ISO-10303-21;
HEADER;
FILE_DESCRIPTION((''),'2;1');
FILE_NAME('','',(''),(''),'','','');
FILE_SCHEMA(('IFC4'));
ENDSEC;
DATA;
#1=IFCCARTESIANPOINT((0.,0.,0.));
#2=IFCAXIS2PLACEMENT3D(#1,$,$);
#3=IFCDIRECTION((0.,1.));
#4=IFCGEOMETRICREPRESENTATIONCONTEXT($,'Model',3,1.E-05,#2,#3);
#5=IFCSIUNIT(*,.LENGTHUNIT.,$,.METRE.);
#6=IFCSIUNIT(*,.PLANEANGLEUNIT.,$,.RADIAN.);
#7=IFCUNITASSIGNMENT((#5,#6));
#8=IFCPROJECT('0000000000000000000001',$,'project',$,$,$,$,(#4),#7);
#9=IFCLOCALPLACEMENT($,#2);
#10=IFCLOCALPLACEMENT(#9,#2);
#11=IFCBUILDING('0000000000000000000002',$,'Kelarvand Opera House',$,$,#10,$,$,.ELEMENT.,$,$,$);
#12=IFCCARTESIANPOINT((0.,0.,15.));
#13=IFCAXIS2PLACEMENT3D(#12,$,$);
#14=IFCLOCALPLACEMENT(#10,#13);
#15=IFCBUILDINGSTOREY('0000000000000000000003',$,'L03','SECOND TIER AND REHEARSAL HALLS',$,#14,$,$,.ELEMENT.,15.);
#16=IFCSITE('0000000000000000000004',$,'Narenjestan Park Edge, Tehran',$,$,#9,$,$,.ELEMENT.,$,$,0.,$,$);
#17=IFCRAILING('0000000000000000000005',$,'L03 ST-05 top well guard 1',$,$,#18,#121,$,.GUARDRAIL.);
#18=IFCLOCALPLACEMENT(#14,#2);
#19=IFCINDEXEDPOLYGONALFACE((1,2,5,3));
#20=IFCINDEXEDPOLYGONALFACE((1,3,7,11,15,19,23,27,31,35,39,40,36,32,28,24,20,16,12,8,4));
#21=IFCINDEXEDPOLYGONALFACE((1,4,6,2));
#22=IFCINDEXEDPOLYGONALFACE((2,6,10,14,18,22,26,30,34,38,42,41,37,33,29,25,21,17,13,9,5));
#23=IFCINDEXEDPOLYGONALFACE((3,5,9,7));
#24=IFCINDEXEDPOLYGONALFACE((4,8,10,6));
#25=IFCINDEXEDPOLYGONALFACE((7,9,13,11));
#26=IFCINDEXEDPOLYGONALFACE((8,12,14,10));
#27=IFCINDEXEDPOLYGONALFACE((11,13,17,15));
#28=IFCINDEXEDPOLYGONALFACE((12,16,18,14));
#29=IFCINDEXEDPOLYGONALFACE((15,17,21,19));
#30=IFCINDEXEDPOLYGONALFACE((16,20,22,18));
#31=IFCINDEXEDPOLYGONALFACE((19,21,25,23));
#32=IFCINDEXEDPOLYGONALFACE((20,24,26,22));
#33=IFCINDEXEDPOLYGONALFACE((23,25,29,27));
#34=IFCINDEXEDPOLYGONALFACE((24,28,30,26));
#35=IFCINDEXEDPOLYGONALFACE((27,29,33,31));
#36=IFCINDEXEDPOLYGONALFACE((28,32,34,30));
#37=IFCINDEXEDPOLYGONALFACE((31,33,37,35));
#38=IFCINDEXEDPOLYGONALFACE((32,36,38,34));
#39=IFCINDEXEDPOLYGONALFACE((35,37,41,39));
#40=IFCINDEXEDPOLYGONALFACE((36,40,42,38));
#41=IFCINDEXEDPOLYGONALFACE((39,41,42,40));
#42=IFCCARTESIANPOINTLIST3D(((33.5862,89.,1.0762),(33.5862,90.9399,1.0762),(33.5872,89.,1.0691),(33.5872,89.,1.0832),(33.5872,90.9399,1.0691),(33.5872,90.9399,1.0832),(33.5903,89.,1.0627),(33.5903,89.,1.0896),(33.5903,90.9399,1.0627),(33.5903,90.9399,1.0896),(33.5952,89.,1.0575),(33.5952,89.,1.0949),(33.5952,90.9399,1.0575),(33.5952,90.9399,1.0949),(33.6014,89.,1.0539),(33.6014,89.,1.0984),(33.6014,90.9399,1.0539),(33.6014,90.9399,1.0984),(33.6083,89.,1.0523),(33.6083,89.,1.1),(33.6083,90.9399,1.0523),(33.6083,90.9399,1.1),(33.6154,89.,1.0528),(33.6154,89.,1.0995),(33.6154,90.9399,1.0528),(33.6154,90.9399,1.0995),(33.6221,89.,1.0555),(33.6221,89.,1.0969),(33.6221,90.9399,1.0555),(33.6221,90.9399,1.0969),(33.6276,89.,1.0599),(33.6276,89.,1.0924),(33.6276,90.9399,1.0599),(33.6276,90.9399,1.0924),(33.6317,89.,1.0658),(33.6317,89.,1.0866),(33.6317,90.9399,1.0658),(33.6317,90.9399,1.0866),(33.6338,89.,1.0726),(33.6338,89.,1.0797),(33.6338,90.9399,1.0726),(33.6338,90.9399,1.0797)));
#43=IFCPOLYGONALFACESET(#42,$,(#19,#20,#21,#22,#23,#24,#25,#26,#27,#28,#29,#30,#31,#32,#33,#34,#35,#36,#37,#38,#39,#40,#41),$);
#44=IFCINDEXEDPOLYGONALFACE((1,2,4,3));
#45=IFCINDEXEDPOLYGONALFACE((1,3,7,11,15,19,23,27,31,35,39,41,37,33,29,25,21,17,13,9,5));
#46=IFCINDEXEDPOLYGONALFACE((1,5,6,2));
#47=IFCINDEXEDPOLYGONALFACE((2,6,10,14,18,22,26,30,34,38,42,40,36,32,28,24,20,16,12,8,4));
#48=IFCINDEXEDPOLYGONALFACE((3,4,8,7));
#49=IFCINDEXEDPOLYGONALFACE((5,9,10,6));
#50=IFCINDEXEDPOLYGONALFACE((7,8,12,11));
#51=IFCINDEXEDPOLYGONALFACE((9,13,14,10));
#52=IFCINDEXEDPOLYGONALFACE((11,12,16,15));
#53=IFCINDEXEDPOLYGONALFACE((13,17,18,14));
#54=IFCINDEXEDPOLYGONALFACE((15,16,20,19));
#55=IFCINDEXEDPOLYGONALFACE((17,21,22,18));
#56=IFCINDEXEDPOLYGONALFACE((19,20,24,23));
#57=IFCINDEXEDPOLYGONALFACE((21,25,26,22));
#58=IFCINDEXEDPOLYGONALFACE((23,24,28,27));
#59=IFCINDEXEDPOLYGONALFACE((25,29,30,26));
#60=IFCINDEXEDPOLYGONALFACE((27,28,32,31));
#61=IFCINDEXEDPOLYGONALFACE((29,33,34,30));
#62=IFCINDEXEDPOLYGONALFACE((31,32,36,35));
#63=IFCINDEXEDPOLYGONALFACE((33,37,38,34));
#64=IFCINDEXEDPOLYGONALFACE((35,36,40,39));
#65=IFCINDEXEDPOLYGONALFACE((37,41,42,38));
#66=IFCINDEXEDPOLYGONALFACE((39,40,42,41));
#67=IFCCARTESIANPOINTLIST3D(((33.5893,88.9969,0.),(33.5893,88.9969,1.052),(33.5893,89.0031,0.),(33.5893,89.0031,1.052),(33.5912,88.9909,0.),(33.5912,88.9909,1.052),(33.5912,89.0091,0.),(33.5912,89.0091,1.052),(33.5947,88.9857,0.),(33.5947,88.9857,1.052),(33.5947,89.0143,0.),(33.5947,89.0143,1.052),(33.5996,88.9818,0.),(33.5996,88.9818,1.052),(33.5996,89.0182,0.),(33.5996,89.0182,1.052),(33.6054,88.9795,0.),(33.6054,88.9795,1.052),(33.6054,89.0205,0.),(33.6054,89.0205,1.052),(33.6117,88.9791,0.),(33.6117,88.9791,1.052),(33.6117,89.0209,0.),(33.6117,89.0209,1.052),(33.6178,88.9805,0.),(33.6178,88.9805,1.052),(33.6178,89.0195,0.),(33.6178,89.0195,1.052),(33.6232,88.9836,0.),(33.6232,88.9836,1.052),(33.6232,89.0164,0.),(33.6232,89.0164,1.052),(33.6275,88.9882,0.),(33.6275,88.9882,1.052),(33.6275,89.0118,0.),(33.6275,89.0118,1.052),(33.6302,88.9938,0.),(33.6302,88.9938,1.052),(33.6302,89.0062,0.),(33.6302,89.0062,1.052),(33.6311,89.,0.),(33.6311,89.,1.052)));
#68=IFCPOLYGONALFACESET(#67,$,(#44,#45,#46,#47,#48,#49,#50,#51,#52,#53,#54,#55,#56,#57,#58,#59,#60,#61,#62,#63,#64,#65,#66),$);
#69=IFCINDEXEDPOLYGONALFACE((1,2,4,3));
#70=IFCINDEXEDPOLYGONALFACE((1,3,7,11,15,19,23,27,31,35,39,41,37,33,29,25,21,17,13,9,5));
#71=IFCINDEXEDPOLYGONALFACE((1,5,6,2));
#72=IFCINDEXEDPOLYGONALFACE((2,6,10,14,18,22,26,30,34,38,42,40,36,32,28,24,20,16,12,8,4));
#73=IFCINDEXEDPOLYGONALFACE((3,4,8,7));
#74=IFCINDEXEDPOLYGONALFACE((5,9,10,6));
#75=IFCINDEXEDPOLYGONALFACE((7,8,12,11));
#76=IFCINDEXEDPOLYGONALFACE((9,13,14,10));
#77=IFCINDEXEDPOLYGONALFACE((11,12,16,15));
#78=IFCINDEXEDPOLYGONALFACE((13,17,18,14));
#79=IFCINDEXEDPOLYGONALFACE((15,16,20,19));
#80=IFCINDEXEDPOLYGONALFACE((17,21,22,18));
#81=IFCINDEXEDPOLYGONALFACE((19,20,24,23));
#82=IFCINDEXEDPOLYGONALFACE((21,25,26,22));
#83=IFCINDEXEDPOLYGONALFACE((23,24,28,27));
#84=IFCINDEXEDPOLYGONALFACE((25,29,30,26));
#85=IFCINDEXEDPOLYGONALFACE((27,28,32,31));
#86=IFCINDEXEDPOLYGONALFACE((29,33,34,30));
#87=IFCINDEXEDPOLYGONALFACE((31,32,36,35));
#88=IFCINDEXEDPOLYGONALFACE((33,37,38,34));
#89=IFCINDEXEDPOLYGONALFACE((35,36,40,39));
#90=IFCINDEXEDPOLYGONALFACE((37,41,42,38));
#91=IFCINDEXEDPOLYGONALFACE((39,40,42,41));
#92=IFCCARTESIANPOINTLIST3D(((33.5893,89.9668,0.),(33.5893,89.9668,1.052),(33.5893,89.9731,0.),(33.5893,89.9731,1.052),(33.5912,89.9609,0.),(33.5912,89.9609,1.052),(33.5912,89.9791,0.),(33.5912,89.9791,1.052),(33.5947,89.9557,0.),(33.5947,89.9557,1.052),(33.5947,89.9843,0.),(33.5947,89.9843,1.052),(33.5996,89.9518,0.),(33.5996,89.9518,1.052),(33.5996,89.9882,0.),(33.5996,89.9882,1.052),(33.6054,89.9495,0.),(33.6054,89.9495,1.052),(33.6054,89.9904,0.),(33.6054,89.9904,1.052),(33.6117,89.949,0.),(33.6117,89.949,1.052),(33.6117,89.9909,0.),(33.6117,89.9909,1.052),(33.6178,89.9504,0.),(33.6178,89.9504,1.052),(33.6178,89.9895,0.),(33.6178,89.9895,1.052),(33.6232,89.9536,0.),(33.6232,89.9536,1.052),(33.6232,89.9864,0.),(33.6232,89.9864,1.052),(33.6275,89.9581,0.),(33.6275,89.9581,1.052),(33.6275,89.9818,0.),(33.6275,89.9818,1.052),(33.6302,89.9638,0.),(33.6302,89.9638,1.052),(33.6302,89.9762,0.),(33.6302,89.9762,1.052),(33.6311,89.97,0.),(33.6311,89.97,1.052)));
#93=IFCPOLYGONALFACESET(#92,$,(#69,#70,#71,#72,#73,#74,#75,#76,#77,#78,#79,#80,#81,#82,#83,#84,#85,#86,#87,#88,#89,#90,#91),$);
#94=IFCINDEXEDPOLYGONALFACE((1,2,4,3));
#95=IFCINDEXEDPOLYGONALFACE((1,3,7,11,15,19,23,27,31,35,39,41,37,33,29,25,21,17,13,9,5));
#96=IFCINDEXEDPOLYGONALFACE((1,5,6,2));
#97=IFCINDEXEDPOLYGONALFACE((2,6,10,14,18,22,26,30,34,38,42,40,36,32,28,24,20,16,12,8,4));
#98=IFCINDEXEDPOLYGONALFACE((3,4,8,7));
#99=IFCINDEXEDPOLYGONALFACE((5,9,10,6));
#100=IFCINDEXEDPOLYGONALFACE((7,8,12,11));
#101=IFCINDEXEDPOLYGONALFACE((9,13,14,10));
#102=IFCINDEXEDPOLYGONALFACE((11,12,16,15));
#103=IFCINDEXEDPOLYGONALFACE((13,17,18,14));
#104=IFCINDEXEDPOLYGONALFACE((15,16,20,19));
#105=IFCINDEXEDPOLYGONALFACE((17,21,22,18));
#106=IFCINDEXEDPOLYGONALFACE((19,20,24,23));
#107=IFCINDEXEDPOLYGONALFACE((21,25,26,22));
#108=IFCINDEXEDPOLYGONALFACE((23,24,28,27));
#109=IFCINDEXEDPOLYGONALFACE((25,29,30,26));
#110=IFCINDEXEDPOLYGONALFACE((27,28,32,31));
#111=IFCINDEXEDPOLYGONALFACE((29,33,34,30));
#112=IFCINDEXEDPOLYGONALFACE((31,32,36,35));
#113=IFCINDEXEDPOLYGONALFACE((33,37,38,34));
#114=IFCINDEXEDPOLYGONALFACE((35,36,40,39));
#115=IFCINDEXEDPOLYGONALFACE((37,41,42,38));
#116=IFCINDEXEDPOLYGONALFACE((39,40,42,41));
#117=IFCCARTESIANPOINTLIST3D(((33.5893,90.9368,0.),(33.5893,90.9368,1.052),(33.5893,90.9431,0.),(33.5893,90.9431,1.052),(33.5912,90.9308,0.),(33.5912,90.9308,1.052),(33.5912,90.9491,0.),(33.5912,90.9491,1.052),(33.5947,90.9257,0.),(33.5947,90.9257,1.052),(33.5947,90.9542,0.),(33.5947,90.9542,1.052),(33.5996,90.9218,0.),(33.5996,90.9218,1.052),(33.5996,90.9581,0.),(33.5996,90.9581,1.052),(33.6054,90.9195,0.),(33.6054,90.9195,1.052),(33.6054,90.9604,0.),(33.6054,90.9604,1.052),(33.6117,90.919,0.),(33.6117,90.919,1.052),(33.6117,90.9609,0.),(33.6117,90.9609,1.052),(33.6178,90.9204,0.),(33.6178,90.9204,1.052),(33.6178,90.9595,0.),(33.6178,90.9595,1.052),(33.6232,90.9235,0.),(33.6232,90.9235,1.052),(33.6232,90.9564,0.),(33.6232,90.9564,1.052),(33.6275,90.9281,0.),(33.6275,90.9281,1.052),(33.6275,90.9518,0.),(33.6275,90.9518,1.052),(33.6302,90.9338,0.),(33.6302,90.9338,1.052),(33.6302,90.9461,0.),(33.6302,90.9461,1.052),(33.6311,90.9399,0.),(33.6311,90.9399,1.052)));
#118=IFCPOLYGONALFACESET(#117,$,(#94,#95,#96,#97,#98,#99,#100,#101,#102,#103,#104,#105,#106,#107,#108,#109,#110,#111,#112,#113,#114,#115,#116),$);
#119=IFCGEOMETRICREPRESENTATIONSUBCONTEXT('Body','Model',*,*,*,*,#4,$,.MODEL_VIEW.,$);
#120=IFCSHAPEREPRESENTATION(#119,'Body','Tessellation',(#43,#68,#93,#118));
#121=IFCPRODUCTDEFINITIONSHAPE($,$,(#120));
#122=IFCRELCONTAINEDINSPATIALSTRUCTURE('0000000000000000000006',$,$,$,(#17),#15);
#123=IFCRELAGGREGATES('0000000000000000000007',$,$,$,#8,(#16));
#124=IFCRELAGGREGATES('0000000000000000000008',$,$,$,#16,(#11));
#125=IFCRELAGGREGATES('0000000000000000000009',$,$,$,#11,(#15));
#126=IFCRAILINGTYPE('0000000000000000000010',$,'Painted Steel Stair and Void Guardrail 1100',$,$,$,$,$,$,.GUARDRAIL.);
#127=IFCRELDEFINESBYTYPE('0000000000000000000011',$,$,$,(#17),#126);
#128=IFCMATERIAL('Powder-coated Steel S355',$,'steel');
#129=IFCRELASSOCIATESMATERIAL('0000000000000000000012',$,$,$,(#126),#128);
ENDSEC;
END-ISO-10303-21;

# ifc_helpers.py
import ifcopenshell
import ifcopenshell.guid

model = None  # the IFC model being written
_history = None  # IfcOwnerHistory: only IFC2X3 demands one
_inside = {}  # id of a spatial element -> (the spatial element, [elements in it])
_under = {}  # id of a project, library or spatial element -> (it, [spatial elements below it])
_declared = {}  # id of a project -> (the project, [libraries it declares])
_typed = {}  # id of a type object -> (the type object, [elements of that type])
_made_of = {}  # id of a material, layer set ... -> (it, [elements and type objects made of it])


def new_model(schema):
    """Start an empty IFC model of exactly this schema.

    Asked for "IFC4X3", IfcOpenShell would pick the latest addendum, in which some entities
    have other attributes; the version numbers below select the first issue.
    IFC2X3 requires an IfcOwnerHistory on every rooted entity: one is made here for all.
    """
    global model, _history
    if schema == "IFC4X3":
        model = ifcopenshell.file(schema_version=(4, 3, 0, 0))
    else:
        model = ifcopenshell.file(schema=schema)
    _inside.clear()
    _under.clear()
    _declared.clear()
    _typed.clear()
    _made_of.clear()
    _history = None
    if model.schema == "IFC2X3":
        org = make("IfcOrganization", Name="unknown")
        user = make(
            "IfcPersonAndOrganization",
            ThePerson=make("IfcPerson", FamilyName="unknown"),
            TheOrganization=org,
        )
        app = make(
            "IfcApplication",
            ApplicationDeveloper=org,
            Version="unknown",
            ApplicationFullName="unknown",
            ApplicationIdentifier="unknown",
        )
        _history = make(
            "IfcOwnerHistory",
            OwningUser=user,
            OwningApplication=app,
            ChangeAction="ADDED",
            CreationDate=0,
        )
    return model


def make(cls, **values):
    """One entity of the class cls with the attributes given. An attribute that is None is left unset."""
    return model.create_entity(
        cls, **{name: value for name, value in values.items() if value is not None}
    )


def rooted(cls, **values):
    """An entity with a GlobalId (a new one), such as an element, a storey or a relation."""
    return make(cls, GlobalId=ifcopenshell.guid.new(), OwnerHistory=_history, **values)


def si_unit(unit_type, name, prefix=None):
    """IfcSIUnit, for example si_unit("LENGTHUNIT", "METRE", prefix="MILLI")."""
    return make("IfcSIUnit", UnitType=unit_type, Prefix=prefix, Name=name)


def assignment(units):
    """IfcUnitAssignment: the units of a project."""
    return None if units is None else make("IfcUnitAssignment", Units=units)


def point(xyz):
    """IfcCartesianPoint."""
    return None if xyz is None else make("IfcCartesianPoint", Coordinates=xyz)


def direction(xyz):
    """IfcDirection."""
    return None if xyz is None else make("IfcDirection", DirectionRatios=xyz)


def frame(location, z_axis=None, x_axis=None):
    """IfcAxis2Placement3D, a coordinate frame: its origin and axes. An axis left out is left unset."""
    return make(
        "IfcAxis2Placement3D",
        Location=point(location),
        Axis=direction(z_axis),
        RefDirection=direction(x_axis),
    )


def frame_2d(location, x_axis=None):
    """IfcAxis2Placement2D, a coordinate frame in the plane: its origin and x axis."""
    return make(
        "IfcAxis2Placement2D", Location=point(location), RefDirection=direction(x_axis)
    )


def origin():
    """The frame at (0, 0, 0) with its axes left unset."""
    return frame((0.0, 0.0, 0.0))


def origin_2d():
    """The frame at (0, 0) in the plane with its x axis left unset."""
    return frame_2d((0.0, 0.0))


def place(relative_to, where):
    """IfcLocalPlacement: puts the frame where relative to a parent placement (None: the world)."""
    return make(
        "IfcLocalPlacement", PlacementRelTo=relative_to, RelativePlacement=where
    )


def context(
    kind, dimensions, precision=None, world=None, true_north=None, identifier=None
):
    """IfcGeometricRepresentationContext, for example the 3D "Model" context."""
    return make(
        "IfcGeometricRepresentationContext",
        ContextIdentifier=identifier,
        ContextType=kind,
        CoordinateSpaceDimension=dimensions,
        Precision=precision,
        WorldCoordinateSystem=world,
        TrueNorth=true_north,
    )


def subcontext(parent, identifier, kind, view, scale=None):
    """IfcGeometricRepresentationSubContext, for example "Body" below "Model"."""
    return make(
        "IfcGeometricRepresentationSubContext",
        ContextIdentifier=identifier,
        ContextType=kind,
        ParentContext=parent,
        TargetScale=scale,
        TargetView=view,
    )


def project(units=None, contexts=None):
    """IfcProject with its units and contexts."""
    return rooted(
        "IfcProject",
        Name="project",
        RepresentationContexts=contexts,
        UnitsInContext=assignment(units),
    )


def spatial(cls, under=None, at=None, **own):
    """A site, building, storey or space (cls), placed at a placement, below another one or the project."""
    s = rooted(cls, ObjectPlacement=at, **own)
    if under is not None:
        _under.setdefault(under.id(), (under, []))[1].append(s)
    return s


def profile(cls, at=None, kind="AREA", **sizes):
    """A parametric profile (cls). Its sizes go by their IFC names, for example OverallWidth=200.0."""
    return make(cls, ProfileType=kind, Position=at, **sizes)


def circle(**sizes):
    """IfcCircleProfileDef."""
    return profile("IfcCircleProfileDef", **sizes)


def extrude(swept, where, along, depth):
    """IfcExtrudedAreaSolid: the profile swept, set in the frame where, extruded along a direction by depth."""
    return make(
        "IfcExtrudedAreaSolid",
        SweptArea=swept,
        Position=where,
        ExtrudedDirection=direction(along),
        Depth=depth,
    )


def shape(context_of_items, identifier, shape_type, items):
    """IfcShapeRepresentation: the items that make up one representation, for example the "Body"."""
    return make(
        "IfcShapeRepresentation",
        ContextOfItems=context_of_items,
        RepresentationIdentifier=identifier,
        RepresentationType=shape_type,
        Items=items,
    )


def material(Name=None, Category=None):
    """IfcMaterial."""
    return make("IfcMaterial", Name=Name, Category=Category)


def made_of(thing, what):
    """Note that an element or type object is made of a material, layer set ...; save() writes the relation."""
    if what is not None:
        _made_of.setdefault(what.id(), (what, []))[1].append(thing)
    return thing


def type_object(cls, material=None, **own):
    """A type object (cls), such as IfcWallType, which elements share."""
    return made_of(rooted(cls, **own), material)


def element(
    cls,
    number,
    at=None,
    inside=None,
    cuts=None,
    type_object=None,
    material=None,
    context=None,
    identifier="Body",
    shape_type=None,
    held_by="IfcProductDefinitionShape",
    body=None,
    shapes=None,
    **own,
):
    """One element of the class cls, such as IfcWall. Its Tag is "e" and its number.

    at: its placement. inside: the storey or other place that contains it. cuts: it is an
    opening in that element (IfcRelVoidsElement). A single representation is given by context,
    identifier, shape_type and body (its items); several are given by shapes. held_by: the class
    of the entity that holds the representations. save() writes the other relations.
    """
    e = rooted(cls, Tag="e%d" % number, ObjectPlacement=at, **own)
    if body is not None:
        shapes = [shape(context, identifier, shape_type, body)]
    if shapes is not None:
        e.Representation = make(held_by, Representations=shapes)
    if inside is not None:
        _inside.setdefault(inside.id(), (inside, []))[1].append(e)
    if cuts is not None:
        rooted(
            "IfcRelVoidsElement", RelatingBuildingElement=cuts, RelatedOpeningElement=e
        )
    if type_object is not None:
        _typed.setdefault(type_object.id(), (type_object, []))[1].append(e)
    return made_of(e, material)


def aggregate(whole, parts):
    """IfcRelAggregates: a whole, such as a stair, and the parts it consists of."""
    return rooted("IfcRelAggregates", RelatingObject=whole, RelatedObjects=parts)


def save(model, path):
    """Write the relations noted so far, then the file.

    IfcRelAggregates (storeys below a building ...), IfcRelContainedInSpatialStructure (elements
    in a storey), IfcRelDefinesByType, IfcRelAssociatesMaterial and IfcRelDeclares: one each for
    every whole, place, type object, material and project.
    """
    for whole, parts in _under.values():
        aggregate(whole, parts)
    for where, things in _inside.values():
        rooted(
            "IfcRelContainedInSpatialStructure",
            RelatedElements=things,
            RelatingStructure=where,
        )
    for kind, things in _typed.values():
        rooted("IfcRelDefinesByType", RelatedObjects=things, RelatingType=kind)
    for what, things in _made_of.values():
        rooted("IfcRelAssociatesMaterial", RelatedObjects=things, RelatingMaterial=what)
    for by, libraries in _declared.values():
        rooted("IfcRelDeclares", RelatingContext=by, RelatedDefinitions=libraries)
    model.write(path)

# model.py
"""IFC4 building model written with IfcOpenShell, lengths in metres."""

from ifc_helpers import new_model, si_unit, direction, frame, origin, origin_2d, place, context, subcontext, project, spatial, circle, extrude, material, type_object, element, save


model = new_model("IFC4")

# Units and contexts
model_context = context("Model", 3, precision=1e-05, world=origin(), true_north=direction((0.0, 1.0)))
body_context = subcontext(model_context, "Body", "Model", "MODEL_VIEW")
ifc_project = project(units=[si_unit("LENGTHUNIT", "METRE"), si_unit("PLANEANGLEUNIT", "RADIAN")], contexts=[model_context])

# Site, building, storey
site_placement = place(None, origin())
site = spatial("IfcSite", under=ifc_project, at=site_placement, Name="Narenjestan Park Edge, Tehran", CompositionType="ELEMENT", RefElevation=0.0)
building_placement = place(site_placement, origin())
building = spatial("IfcBuilding", under=site, at=building_placement, Name="Kelarvand Opera House", CompositionType="ELEMENT")
storey_placement = place(building_placement, frame((0.0, 0.0, 15.0)))
storey = spatial("IfcBuildingStorey", under=building, at=storey_placement, Name="L03", Description="SECOND TIER AND REHEARSAL HALLS", CompositionType="ELEMENT", Elevation=15.0)

# Railing
ifc_material_1 = material(Name="Powder-coated Steel S355", Category="steel")
railing_type = type_object("IfcRailingType", Name="Painted Steel Stair and Void Guardrail 1100", PredefinedType="GUARDRAIL", material=ifc_material_1)
railing_placement = place(storey_placement, frame((33.6101, 89.0, 0.0)))
element("IfcRailing", 1, at=railing_placement, inside=storey, type_object=railing_type, Name="L03 ST-05 top well guard 1", PredefinedType="GUARDRAIL", context=body_context, shape_type="SweptSolid", body=[
    extrude(circle(Radius=0.0239, at=origin_2d()), frame((0.0, 0.0, 1.0762), z_axis=(0.0, 1.0, 0.0), x_axis=(-1.0, 0.0, 0.0)), (0.0, 0.0, 1.0), 1.9399),
    extrude(circle(Radius=0.021, at=origin_2d()), origin(), (0.0, 0.0, 1.0), 1.052),
    extrude(circle(Radius=0.021, at=origin_2d()), frame((0.0, 0.97, 0.0)), (0.0, 0.0, 1.0), 1.052),
    extrude(circle(Radius=0.021, at=origin_2d()), frame((0.0, 1.9399, 0.0)), (0.0, 0.0, 1.0), 1.052),
])

save(model, "model.ifc")
